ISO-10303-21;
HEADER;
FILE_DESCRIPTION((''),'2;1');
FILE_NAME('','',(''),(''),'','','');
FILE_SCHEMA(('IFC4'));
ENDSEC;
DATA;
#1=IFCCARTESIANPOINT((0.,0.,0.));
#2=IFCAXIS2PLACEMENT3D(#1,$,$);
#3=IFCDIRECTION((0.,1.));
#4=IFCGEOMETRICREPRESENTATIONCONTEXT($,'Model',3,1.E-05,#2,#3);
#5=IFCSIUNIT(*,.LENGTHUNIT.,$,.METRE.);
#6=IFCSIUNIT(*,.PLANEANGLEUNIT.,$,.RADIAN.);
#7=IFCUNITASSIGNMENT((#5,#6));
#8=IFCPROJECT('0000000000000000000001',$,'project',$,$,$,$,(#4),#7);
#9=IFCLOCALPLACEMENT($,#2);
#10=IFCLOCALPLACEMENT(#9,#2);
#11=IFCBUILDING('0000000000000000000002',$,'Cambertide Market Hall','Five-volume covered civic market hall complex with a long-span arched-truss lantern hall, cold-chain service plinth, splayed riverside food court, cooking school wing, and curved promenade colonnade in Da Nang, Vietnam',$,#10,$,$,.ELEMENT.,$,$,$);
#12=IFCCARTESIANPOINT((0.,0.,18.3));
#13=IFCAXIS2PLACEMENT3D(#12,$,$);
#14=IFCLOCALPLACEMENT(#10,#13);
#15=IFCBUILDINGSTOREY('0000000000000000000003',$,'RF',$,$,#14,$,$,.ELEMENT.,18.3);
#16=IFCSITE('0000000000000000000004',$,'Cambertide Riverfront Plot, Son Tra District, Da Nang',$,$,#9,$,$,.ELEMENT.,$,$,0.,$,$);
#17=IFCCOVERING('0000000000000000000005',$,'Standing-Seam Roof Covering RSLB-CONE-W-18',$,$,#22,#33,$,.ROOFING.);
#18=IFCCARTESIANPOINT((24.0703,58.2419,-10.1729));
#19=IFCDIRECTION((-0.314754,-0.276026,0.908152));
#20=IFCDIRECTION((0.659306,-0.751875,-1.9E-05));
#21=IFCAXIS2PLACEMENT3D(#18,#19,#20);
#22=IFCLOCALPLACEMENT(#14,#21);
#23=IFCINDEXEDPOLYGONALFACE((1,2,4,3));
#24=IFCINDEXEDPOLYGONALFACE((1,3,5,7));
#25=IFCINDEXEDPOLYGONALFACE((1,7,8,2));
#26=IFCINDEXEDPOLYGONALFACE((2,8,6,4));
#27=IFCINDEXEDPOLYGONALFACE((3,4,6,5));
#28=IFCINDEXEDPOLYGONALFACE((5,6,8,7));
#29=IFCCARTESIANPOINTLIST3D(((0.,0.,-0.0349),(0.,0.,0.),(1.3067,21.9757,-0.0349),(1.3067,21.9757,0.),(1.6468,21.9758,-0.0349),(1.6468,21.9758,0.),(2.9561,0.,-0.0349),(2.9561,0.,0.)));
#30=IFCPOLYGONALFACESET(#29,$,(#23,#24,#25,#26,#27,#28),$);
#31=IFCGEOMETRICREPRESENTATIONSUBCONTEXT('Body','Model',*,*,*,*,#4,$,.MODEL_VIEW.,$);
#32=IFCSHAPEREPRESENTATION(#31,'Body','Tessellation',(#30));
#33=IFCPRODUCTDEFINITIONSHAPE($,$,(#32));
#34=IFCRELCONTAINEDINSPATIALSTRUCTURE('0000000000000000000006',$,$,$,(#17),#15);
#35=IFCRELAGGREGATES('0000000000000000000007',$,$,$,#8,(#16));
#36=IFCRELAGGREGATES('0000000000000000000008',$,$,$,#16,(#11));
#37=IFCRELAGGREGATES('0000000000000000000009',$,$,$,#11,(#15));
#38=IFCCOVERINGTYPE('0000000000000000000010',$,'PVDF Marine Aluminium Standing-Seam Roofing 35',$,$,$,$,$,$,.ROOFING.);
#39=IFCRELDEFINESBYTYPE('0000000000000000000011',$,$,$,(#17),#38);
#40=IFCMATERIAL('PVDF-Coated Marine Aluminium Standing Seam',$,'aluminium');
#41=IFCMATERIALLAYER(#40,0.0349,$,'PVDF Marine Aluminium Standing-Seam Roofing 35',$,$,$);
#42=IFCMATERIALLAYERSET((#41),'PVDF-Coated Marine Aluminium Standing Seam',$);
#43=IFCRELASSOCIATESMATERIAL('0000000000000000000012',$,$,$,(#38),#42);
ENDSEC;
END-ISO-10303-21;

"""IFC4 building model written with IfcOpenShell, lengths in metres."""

from ifc_helpers import new_model, si_unit, direction, frame, origin, place, context, subcontext, project, spatial, polyline, outline, extrude, material, layer, layer_set, type_object, element, save


model = new_model("IFC4")

# Units and contexts
model_context = context("Model", 3, precision=1e-05, world=origin(), true_north=direction((0.0, 1.0)))
body_context = subcontext(model_context, "Body", "Model", "MODEL_VIEW")
ifc_project = project(units=[si_unit("LENGTHUNIT", "METRE"), si_unit("PLANEANGLEUNIT", "RADIAN")], contexts=[model_context])

# Site, building, storey
site_placement = place(None, origin())
site = spatial("IfcSite", under=ifc_project, at=site_placement, Name="Cambertide Riverfront Plot, Son Tra District, Da Nang", CompositionType="ELEMENT", RefElevation=0.0)
building_placement = place(site_placement, origin())
building = spatial("IfcBuilding", under=site, at=building_placement, Name="Cambertide Market Hall", Description="Five-volume covered civic market hall complex with a long-span arched-truss lantern hall, cold-chain service plinth, splayed riverside food court, cooking school wing, and curved promenade colonnade in Da Nang, Vietnam", CompositionType="ELEMENT")
storey_placement = place(building_placement, frame((0.0, 0.0, 18.3)))
storey = spatial("IfcBuildingStorey", under=building, at=storey_placement, Name="RF", CompositionType="ELEMENT", Elevation=18.3)

# Covering
ifc_material_1 = material(Name="PVDF-Coated Marine Aluminium Standing Seam", Category="aluminium")
ifc_layer_1 = layer(ifc_material_1, 0.0349, Name="PVDF Marine Aluminium Standing-Seam Roofing 35")
ifc_layer_set_1 = layer_set([ifc_layer_1], Name="PVDF-Coated Marine Aluminium Standing Seam")
covering_type = type_object("IfcCoveringType", Name="PVDF Marine Aluminium Standing-Seam Roofing 35", PredefinedType="ROOFING", material=ifc_layer_set_1)
covering_1_placement = place(storey_placement, frame((24.0703, 58.2419, -10.1729), z_axis=(-0.314754, -0.276026, 0.908152), x_axis=(0.659306, -0.751875, -0.000019)))
element("IfcCovering", 1, at=covering_1_placement, inside=storey, type_object=covering_type, Name="Standing-Seam Roof Covering RSLB-CONE-W-18", PredefinedType="ROOFING", context=body_context, shape_type="SweptSolid", body=[
    extrude(outline(polyline([(0.0, 0.0), (2.9561, 0.0), (1.6468, 21.9758), (1.3067, 21.9757), (0.0, 0.0)])), origin(), (0.0, 0.0, -1.0), 0.0349),
])

save(model, "model.ifc")
